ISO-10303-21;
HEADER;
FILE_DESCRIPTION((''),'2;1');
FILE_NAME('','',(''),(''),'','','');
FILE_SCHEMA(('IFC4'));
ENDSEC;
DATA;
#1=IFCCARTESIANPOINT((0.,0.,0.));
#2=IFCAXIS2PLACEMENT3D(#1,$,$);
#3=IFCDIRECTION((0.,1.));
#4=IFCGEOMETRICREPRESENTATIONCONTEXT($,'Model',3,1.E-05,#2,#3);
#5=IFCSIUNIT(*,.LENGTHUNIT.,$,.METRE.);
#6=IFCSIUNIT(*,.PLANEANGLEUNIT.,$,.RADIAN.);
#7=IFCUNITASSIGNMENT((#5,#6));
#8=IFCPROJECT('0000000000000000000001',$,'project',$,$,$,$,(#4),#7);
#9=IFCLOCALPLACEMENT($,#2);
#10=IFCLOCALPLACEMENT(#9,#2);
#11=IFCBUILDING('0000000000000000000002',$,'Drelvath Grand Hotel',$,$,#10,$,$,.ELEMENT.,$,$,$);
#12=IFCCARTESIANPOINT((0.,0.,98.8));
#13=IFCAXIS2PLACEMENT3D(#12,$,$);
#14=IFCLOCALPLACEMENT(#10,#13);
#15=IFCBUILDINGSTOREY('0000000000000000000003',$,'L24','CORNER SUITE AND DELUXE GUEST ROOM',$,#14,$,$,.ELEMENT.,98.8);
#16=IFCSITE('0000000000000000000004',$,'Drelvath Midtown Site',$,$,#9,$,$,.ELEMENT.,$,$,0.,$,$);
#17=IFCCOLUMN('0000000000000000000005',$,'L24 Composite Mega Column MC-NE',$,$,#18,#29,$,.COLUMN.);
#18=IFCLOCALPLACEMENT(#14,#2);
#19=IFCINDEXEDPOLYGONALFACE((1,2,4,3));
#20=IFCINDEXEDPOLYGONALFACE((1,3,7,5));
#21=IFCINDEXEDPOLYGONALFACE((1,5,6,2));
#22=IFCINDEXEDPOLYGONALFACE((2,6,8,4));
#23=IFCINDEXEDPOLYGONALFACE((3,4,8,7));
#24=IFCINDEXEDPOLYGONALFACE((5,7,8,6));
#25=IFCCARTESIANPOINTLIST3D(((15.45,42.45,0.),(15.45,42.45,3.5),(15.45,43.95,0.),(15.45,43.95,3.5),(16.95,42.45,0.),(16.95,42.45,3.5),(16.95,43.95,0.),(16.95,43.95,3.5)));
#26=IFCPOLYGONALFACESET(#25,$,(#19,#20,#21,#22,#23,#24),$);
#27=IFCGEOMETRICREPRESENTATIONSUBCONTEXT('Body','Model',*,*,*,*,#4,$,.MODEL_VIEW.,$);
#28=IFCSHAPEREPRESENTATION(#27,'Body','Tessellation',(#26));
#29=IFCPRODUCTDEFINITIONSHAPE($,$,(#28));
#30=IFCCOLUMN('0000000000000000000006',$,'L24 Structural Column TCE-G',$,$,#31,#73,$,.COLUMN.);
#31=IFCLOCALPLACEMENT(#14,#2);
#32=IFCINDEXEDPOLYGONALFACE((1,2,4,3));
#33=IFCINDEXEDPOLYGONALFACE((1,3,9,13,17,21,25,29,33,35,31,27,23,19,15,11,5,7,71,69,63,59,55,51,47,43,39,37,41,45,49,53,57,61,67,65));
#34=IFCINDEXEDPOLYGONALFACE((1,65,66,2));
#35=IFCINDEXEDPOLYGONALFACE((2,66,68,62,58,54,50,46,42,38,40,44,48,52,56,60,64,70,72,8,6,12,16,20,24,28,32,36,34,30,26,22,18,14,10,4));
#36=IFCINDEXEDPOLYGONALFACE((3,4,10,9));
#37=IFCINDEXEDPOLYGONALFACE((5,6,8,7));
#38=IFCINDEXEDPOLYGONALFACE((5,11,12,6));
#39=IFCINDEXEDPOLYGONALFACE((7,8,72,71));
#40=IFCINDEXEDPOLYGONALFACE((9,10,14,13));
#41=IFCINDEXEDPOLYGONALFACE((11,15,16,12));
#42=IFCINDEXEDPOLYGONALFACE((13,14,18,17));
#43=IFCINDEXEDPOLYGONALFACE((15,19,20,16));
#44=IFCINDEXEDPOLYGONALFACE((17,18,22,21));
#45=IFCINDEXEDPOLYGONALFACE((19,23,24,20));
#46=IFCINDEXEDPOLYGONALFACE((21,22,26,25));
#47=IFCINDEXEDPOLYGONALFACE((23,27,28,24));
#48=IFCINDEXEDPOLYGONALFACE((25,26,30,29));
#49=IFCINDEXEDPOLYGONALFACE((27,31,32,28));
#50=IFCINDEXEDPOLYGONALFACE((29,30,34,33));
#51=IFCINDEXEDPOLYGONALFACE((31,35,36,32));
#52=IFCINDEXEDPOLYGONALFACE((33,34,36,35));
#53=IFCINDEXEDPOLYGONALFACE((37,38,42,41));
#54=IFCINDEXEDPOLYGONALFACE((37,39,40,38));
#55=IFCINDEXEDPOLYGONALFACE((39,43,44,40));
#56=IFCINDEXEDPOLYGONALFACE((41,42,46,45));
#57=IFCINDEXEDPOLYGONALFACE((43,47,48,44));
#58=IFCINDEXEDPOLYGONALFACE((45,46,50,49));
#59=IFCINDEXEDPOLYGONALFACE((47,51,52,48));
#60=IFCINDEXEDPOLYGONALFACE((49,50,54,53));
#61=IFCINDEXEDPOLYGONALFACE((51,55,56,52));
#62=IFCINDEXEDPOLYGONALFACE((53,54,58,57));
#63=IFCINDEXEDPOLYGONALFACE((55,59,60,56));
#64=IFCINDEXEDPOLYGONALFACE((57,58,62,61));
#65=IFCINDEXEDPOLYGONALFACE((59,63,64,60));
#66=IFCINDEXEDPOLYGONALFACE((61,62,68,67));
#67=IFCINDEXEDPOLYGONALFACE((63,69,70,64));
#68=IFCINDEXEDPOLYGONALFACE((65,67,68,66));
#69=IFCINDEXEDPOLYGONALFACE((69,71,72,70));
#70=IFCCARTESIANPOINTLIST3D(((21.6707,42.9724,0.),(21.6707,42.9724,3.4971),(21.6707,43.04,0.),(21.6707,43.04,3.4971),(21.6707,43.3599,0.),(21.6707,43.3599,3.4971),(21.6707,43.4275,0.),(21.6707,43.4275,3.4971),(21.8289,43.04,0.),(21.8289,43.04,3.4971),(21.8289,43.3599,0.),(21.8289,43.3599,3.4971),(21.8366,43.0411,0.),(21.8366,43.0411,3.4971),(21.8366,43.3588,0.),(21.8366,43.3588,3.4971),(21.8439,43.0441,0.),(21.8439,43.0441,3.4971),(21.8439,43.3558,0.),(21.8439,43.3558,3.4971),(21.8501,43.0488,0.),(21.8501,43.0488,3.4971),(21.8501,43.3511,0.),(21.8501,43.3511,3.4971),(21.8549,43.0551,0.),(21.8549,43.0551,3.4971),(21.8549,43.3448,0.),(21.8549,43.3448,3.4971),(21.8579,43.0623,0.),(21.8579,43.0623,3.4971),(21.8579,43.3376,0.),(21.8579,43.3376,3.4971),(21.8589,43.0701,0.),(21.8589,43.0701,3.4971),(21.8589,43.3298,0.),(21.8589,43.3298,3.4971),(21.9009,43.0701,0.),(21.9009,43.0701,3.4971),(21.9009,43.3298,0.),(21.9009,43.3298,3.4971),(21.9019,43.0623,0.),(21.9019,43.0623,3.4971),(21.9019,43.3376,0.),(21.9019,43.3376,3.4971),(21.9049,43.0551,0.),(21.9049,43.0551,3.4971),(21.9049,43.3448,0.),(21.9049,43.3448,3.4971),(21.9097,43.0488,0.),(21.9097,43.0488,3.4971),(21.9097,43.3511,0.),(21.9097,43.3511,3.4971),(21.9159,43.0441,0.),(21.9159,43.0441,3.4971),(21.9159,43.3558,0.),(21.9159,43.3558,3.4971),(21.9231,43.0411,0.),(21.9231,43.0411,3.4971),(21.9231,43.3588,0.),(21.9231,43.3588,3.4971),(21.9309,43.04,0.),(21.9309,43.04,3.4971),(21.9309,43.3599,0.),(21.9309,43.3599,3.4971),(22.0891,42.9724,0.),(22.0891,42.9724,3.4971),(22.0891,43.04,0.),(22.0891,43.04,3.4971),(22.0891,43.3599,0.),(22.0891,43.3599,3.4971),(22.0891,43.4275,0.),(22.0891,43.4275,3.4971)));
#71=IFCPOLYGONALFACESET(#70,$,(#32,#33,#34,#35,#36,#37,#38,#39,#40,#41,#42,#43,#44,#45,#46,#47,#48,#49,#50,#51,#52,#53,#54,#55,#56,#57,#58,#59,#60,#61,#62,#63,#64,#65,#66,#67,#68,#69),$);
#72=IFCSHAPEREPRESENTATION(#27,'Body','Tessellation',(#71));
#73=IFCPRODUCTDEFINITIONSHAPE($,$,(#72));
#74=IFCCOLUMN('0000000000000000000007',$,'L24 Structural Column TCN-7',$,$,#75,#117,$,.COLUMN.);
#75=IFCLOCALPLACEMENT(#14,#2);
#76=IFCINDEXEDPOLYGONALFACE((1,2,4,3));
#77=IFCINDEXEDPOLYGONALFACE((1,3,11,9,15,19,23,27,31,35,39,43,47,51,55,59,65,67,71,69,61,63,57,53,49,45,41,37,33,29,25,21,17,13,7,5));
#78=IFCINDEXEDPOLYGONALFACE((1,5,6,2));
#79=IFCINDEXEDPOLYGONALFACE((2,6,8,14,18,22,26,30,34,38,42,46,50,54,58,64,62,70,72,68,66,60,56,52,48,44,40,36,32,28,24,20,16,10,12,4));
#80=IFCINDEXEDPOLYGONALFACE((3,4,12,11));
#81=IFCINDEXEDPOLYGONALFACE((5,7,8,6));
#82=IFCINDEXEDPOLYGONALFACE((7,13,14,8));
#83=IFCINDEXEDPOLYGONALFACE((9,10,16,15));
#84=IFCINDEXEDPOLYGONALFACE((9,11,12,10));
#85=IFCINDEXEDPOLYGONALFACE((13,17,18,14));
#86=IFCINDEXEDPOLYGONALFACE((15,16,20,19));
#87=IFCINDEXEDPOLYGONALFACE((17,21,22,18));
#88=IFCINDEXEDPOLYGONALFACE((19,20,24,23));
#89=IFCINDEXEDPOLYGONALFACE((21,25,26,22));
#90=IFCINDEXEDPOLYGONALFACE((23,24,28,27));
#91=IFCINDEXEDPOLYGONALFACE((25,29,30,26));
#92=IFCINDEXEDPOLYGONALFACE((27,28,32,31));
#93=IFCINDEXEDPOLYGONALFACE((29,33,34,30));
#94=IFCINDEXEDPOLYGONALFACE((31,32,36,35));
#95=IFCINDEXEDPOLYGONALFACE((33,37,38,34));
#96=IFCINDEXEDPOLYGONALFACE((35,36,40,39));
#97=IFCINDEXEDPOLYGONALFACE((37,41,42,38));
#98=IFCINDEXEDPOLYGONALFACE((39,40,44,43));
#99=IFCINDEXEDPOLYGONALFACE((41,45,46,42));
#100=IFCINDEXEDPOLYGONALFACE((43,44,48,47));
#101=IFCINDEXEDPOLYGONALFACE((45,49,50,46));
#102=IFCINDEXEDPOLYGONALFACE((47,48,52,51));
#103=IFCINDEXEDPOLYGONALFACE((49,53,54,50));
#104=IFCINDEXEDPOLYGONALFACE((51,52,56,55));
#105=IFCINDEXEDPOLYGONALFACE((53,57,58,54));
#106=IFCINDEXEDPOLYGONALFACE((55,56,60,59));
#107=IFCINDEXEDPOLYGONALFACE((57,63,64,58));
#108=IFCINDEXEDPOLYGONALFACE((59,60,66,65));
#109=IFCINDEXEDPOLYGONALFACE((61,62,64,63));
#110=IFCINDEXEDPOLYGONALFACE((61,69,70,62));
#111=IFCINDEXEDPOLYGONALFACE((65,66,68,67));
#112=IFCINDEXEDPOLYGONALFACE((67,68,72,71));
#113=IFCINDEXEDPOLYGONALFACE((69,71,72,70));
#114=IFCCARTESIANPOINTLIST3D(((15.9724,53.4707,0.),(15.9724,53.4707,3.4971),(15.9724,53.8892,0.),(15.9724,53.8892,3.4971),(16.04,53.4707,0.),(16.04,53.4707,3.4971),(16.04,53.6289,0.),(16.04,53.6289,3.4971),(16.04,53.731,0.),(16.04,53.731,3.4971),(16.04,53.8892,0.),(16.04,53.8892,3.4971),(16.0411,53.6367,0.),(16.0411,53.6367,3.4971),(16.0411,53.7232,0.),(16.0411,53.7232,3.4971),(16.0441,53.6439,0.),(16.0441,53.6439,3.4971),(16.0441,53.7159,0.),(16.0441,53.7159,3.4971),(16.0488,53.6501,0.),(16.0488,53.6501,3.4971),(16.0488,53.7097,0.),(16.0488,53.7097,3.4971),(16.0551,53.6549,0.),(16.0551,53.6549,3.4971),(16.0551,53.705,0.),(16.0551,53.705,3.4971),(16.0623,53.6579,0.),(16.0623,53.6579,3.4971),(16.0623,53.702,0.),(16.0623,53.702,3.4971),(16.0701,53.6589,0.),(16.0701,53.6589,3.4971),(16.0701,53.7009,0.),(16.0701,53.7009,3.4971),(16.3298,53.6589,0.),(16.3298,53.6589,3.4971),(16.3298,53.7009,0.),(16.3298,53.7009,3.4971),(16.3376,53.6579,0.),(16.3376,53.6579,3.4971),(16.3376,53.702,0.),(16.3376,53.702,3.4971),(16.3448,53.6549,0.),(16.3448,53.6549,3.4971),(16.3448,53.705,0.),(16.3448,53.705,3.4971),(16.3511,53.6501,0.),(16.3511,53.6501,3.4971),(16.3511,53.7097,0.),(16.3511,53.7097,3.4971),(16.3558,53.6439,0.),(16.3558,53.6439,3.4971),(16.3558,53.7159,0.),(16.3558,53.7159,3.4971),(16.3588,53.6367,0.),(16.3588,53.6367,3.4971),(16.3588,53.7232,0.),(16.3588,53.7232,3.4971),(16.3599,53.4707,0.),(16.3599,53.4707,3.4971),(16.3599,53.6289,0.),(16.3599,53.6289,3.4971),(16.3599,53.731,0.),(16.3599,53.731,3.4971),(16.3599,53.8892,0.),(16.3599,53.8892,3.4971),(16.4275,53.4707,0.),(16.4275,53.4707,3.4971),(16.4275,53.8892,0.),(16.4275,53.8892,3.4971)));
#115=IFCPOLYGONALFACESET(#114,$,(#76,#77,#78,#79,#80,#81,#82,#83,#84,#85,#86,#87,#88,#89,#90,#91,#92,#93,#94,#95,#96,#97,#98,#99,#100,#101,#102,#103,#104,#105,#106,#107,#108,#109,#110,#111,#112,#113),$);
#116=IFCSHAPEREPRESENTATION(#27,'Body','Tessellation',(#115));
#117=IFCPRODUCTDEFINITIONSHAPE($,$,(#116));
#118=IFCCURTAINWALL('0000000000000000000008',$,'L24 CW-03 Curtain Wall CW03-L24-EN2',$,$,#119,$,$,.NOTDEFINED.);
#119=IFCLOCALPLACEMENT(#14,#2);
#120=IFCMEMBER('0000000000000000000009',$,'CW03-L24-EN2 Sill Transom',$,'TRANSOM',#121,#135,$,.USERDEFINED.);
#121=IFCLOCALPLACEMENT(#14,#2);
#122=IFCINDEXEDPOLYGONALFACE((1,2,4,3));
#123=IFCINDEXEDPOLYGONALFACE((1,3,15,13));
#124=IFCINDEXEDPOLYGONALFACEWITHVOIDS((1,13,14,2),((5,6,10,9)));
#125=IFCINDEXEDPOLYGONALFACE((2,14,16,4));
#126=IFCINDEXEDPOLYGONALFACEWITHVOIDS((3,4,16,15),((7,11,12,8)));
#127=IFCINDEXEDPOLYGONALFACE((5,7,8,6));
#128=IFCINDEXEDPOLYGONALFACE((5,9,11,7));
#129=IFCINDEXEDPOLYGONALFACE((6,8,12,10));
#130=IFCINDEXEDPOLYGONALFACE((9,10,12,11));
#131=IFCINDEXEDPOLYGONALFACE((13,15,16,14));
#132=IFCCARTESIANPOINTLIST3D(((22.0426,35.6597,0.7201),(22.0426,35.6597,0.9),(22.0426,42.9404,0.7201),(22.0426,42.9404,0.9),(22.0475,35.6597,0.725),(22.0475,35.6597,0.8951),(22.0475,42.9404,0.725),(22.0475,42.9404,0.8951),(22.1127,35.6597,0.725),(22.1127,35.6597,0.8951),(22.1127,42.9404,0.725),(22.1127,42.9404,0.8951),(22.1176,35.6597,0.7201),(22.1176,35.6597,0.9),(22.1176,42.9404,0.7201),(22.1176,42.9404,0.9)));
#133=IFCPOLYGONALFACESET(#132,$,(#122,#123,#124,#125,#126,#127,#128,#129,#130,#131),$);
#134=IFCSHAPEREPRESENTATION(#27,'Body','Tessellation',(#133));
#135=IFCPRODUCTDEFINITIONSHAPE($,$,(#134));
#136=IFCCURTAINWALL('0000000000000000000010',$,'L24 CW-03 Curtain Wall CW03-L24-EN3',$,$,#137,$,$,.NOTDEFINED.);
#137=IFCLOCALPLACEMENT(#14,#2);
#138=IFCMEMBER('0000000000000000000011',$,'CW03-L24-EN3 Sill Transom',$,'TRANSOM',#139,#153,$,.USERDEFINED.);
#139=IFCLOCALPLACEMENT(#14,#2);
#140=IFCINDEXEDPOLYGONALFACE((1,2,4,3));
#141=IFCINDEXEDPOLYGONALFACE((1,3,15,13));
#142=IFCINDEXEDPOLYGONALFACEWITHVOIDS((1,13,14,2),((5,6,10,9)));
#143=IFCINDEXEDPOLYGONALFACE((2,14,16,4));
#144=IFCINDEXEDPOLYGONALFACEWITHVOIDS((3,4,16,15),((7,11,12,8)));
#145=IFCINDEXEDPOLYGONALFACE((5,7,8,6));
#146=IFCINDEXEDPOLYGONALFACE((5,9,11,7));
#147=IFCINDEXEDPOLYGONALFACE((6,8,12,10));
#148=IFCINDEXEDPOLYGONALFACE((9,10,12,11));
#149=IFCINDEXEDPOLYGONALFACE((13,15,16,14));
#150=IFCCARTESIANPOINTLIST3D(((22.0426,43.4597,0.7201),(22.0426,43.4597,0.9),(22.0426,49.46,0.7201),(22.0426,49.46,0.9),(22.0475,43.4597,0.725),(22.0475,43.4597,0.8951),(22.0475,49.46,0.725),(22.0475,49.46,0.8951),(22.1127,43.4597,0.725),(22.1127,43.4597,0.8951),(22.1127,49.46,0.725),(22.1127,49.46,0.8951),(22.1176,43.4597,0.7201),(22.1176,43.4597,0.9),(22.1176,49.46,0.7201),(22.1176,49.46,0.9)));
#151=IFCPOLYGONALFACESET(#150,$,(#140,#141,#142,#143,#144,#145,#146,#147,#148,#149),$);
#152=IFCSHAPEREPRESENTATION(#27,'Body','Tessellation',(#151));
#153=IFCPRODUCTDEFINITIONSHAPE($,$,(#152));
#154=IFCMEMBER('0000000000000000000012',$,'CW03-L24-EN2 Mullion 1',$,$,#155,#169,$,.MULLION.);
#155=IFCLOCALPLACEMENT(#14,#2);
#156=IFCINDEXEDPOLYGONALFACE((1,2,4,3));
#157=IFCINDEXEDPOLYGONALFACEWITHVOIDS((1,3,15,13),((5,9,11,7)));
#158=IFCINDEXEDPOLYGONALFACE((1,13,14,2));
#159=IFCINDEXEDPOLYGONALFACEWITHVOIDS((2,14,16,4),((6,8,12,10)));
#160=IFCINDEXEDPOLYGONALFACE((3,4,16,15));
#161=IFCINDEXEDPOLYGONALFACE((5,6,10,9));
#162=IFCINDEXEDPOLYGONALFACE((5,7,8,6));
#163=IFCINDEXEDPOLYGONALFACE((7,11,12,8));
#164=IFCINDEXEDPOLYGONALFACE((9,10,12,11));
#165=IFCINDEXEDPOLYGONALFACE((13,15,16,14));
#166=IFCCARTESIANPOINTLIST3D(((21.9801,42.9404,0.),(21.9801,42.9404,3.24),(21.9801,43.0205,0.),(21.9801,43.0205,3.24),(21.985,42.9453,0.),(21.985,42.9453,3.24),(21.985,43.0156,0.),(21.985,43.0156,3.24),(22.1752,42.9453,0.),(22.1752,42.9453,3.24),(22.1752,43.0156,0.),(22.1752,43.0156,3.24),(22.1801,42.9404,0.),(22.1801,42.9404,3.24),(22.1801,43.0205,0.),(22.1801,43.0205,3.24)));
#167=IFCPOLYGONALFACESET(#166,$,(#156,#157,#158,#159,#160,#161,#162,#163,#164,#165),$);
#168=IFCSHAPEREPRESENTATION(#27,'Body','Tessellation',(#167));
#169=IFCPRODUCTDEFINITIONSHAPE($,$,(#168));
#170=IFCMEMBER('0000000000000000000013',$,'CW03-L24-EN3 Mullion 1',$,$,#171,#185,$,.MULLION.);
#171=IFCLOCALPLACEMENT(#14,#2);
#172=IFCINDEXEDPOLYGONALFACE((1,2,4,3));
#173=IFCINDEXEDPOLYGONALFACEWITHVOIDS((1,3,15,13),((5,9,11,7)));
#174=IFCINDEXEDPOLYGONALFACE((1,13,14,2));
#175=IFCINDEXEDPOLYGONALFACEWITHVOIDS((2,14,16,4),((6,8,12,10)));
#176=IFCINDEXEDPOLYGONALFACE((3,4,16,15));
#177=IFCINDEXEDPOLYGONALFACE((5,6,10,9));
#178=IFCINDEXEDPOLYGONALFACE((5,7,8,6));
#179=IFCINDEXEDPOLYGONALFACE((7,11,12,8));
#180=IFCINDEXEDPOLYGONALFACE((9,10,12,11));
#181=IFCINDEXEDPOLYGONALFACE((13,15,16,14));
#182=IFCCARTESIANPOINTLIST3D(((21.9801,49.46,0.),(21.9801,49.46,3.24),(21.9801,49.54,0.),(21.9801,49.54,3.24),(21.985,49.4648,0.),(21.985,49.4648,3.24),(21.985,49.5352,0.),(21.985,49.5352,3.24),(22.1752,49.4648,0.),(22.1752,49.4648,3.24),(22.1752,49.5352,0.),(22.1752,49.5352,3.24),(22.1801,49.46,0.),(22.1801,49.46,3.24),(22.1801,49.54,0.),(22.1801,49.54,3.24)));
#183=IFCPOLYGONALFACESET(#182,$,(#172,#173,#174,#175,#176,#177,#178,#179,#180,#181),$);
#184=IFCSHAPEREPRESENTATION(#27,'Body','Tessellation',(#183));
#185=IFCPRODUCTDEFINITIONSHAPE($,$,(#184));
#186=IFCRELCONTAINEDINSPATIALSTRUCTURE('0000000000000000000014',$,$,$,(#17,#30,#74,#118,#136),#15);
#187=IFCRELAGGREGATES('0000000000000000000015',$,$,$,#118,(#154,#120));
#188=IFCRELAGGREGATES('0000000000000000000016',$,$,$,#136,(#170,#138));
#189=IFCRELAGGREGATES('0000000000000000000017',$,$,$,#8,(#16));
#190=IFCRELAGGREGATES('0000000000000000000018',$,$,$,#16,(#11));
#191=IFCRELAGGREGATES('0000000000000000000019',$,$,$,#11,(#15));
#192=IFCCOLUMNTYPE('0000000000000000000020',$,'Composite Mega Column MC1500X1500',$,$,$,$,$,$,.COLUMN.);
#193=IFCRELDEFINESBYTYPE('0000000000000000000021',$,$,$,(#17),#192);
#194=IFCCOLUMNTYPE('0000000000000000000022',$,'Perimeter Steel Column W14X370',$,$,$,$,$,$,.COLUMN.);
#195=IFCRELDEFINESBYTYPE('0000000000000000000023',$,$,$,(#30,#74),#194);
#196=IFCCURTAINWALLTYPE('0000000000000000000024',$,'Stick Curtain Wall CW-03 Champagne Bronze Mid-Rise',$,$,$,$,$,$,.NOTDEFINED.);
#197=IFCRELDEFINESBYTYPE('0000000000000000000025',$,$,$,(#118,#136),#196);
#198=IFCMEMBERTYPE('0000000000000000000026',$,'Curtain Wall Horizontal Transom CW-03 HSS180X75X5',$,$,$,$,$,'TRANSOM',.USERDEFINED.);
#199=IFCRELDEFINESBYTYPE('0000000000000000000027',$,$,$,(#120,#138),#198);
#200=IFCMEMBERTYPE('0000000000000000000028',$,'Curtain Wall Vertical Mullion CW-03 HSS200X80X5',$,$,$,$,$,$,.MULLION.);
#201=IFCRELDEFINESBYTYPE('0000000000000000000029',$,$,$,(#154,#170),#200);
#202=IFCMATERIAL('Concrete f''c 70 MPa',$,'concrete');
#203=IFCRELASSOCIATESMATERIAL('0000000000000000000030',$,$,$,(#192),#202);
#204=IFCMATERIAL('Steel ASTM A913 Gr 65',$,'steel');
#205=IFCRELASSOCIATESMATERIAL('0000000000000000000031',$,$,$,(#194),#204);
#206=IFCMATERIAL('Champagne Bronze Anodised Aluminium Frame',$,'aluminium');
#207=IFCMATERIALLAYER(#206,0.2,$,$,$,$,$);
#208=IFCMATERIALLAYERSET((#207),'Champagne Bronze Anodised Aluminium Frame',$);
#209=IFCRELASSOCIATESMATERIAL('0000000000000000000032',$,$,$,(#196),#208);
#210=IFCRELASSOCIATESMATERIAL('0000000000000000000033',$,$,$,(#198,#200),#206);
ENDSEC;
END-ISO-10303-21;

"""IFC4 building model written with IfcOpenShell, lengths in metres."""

from ifc_helpers import new_model, si_unit, direction, frame, origin, origin_2d, place, context, subcontext, project, spatial, rectangle, hollow_rectangle, i_section, extrude, material, layer, layer_set, material_profile, profile_set, type_object, element, aggregate, save


model = new_model("IFC4")

# Units and contexts
model_context = context("Model", 3, precision=1e-05, world=origin(), true_north=direction((0.0, 1.0)))
body_context = subcontext(model_context, "Body", "Model", "MODEL_VIEW")
ifc_project = project(units=[si_unit("LENGTHUNIT", "METRE"), si_unit("PLANEANGLEUNIT", "RADIAN")], contexts=[model_context])

# Site, building, storey
site_placement = place(None, origin())
site = spatial("IfcSite", under=ifc_project, at=site_placement, Name="Drelvath Midtown Site", CompositionType="ELEMENT", RefElevation=0.0)
building_placement = place(site_placement, origin())
building = spatial("IfcBuilding", under=site, at=building_placement, Name="Drelvath Grand Hotel", CompositionType="ELEMENT")
storey_placement = place(building_placement, frame((0.0, 0.0, 98.8)))
storey = spatial("IfcBuildingStorey", under=building, at=storey_placement, Name="L24", Description="CORNER SUITE AND DELUXE GUEST ROOM", CompositionType="ELEMENT", Elevation=98.8)

# Columns
ifc_material_1 = material(Name="Concrete f'c 70 MPa", Category="concrete")
ifc_material_profile_1 = material_profile(ifc_material_1, rectangle(XDim=1.5, YDim=1.5, at=origin_2d()), Name="MC1500X1500")
ifc_profile_set_1 = profile_set([ifc_material_profile_1], Name="Concrete f'c 70 MPa")
column_type_1 = type_object("IfcColumnType", Name="Composite Mega Column MC1500X1500", PredefinedType="COLUMN", material=ifc_profile_set_1)
column_placement = place(storey_placement, frame((16.2, 43.2, 0.0), z_axis=(0.0, 0.0, 1.0), x_axis=(1.0, 0.0, 0.0)))
element("IfcColumn", 1, at=column_placement, inside=storey, type_object=column_type_1, Name="L24 Composite Mega Column MC-NE", PredefinedType="COLUMN", context=body_context, shape_type="SweptSolid", body=[
    extrude(rectangle(XDim=1.5, YDim=1.5, at=origin_2d()), origin(), (0.0, 0.0, 1.0), 3.5),
])
ifc_material_2 = material(Name="Steel ASTM A913 Gr 65", Category="steel")
ifc_material_profile_2 = material_profile(ifc_material_2, i_section(OverallWidth=0.4185, OverallDepth=0.4551, WebThickness=0.042, FlangeThickness=0.0676, FilletRadius=0.03, at=origin_2d()), Name="W14X370")
ifc_profile_set_2 = profile_set([ifc_material_profile_2], Name="Steel ASTM A913 Gr 65")
column_type_2 = type_object("IfcColumnType", Name="Perimeter Steel Column W14X370", PredefinedType="COLUMN", material=ifc_profile_set_2)
for number, where, z_axis, x_axis, name in (
    (2, (21.8799, 43.2, 0.0), (0.0, 0.0, 1.0), (1.0, 0.0, 0.0), "L24 Structural Column TCE-G"),
    (3, (16.2, 53.6799, 0.0), (0.0, 0.0, 1.0), (0.0, 1.0, 0.0), "L24 Structural Column TCN-7"),
):
    element("IfcColumn", number, at=place(storey_placement, frame(where, z_axis=z_axis, x_axis=x_axis)), inside=storey, type_object=column_type_2, Name=name, PredefinedType="COLUMN", context=body_context, shape_type="SweptSolid", body=[
        extrude(i_section(OverallWidth=0.4185, OverallDepth=0.4551, WebThickness=0.042, FlangeThickness=0.0676, FilletRadius=0.03, at=origin_2d()), origin(), (0.0, 0.0, 1.0), 3.4971),
    ])

# Curtain walls, members
ifc_material_3 = material(Name="Champagne Bronze Anodised Aluminium Frame", Category="aluminium")
ifc_layer_1 = layer(ifc_material_3, 0.2)
ifc_layer_set_1 = layer_set([ifc_layer_1], Name="Champagne Bronze Anodised Aluminium Frame")
curtain_wall_type = type_object("IfcCurtainWallType", Name="Stick Curtain Wall CW-03 Champagne Bronze Mid-Rise", PredefinedType="NOTDEFINED", material=ifc_layer_set_1)
curtain_wall_1_placement = place(storey_placement, origin())
curtain_wall_1 = element("IfcCurtainWall", 4, at=curtain_wall_1_placement, inside=storey, type_object=curtain_wall_type, Name="L24 CW-03 Curtain Wall CW03-L24-EN2", PredefinedType="NOTDEFINED")
ifc_material_profile_3 = material_profile(ifc_material_3, hollow_rectangle(XDim=0.075, YDim=0.1799, WallThickness=0.0049, at=origin_2d()), Name="HSS180X75X5")
ifc_profile_set_3 = profile_set([ifc_material_profile_3], Name="Champagne Bronze Anodised Aluminium Frame")
member_type_1 = type_object("IfcMemberType", Name="Curtain Wall Horizontal Transom CW-03 HSS180X75X5", ElementType="TRANSOM", PredefinedType="USERDEFINED", material=ifc_profile_set_3)
member_1_placement = place(storey_placement, frame((22.0801, 42.9404, 0.8101), z_axis=(0.0, -1.0, 0.0), x_axis=(1.0, 0.0, 0.0)))
member_1 = element("IfcMember", 5, at=member_1_placement, type_object=member_type_1, Name="CW03-L24-EN2 Sill Transom", ObjectType="TRANSOM", PredefinedType="USERDEFINED", context=body_context, shape_type="SweptSolid", body=[
    extrude(hollow_rectangle(XDim=0.075, YDim=0.1799, WallThickness=0.0049, at=origin_2d()), origin(), (0.0, 0.0, 1.0), 7.2808),
])
curtain_wall_2_placement = place(storey_placement, origin())
curtain_wall_2 = element("IfcCurtainWall", 6, at=curtain_wall_2_placement, inside=storey, type_object=curtain_wall_type, Name="L24 CW-03 Curtain Wall CW03-L24-EN3", PredefinedType="NOTDEFINED")
member_2_placement = place(storey_placement, frame((22.0801, 49.46, 0.8101), z_axis=(0.0, -1.0, 0.0), x_axis=(1.0, 0.0, 0.0)))
member_2 = element("IfcMember", 7, at=member_2_placement, type_object=member_type_1, Name="CW03-L24-EN3 Sill Transom", ObjectType="TRANSOM", PredefinedType="USERDEFINED", context=body_context, shape_type="SweptSolid", body=[
    extrude(hollow_rectangle(XDim=0.075, YDim=0.1799, WallThickness=0.0049, at=origin_2d()), origin(), (0.0, 0.0, 1.0), 6.0002),
])

# Members
ifc_material_profile_4 = material_profile(ifc_material_3, hollow_rectangle(XDim=0.0801, YDim=0.2, WallThickness=0.0049, at=origin_2d()), Name="HSS200X80X5")
ifc_profile_set_4 = profile_set([ifc_material_profile_4], Name="Champagne Bronze Anodised Aluminium Frame")
member_type_2 = type_object("IfcMemberType", Name="Curtain Wall Vertical Mullion CW-03 HSS200X80X5", PredefinedType="MULLION", material=ifc_profile_set_4)
member_3_placement = place(storey_placement, frame((22.0801, 42.9805, 0.0), z_axis=(0.0, 0.0, 1.0), x_axis=(0.0, 1.0, 0.0)))
member_3 = element("IfcMember", 8, at=member_3_placement, type_object=member_type_2, Name="CW03-L24-EN2 Mullion 1", PredefinedType="MULLION", context=body_context, shape_type="SweptSolid", body=[
    extrude(hollow_rectangle(XDim=0.0801, YDim=0.2, WallThickness=0.0049, at=origin_2d()), origin(), (0.0, 0.0, 1.0), 3.24),
])
member_4_placement = place(storey_placement, frame((22.0801, 49.5, 0.0), z_axis=(0.0, 0.0, 1.0), x_axis=(0.0, 1.0, 0.0)))
member_4 = element("IfcMember", 9, at=member_4_placement, type_object=member_type_2, Name="CW03-L24-EN3 Mullion 1", PredefinedType="MULLION", context=body_context, shape_type="SweptSolid", body=[
    extrude(hollow_rectangle(XDim=0.0801, YDim=0.2, WallThickness=0.0049, at=origin_2d()), origin(), (0.0, 0.0, 1.0), 3.24),
])

aggregate(curtain_wall_1, [member_3, member_1])
aggregate(curtain_wall_2, [member_4, member_2])

save(model, "model.ifc")
